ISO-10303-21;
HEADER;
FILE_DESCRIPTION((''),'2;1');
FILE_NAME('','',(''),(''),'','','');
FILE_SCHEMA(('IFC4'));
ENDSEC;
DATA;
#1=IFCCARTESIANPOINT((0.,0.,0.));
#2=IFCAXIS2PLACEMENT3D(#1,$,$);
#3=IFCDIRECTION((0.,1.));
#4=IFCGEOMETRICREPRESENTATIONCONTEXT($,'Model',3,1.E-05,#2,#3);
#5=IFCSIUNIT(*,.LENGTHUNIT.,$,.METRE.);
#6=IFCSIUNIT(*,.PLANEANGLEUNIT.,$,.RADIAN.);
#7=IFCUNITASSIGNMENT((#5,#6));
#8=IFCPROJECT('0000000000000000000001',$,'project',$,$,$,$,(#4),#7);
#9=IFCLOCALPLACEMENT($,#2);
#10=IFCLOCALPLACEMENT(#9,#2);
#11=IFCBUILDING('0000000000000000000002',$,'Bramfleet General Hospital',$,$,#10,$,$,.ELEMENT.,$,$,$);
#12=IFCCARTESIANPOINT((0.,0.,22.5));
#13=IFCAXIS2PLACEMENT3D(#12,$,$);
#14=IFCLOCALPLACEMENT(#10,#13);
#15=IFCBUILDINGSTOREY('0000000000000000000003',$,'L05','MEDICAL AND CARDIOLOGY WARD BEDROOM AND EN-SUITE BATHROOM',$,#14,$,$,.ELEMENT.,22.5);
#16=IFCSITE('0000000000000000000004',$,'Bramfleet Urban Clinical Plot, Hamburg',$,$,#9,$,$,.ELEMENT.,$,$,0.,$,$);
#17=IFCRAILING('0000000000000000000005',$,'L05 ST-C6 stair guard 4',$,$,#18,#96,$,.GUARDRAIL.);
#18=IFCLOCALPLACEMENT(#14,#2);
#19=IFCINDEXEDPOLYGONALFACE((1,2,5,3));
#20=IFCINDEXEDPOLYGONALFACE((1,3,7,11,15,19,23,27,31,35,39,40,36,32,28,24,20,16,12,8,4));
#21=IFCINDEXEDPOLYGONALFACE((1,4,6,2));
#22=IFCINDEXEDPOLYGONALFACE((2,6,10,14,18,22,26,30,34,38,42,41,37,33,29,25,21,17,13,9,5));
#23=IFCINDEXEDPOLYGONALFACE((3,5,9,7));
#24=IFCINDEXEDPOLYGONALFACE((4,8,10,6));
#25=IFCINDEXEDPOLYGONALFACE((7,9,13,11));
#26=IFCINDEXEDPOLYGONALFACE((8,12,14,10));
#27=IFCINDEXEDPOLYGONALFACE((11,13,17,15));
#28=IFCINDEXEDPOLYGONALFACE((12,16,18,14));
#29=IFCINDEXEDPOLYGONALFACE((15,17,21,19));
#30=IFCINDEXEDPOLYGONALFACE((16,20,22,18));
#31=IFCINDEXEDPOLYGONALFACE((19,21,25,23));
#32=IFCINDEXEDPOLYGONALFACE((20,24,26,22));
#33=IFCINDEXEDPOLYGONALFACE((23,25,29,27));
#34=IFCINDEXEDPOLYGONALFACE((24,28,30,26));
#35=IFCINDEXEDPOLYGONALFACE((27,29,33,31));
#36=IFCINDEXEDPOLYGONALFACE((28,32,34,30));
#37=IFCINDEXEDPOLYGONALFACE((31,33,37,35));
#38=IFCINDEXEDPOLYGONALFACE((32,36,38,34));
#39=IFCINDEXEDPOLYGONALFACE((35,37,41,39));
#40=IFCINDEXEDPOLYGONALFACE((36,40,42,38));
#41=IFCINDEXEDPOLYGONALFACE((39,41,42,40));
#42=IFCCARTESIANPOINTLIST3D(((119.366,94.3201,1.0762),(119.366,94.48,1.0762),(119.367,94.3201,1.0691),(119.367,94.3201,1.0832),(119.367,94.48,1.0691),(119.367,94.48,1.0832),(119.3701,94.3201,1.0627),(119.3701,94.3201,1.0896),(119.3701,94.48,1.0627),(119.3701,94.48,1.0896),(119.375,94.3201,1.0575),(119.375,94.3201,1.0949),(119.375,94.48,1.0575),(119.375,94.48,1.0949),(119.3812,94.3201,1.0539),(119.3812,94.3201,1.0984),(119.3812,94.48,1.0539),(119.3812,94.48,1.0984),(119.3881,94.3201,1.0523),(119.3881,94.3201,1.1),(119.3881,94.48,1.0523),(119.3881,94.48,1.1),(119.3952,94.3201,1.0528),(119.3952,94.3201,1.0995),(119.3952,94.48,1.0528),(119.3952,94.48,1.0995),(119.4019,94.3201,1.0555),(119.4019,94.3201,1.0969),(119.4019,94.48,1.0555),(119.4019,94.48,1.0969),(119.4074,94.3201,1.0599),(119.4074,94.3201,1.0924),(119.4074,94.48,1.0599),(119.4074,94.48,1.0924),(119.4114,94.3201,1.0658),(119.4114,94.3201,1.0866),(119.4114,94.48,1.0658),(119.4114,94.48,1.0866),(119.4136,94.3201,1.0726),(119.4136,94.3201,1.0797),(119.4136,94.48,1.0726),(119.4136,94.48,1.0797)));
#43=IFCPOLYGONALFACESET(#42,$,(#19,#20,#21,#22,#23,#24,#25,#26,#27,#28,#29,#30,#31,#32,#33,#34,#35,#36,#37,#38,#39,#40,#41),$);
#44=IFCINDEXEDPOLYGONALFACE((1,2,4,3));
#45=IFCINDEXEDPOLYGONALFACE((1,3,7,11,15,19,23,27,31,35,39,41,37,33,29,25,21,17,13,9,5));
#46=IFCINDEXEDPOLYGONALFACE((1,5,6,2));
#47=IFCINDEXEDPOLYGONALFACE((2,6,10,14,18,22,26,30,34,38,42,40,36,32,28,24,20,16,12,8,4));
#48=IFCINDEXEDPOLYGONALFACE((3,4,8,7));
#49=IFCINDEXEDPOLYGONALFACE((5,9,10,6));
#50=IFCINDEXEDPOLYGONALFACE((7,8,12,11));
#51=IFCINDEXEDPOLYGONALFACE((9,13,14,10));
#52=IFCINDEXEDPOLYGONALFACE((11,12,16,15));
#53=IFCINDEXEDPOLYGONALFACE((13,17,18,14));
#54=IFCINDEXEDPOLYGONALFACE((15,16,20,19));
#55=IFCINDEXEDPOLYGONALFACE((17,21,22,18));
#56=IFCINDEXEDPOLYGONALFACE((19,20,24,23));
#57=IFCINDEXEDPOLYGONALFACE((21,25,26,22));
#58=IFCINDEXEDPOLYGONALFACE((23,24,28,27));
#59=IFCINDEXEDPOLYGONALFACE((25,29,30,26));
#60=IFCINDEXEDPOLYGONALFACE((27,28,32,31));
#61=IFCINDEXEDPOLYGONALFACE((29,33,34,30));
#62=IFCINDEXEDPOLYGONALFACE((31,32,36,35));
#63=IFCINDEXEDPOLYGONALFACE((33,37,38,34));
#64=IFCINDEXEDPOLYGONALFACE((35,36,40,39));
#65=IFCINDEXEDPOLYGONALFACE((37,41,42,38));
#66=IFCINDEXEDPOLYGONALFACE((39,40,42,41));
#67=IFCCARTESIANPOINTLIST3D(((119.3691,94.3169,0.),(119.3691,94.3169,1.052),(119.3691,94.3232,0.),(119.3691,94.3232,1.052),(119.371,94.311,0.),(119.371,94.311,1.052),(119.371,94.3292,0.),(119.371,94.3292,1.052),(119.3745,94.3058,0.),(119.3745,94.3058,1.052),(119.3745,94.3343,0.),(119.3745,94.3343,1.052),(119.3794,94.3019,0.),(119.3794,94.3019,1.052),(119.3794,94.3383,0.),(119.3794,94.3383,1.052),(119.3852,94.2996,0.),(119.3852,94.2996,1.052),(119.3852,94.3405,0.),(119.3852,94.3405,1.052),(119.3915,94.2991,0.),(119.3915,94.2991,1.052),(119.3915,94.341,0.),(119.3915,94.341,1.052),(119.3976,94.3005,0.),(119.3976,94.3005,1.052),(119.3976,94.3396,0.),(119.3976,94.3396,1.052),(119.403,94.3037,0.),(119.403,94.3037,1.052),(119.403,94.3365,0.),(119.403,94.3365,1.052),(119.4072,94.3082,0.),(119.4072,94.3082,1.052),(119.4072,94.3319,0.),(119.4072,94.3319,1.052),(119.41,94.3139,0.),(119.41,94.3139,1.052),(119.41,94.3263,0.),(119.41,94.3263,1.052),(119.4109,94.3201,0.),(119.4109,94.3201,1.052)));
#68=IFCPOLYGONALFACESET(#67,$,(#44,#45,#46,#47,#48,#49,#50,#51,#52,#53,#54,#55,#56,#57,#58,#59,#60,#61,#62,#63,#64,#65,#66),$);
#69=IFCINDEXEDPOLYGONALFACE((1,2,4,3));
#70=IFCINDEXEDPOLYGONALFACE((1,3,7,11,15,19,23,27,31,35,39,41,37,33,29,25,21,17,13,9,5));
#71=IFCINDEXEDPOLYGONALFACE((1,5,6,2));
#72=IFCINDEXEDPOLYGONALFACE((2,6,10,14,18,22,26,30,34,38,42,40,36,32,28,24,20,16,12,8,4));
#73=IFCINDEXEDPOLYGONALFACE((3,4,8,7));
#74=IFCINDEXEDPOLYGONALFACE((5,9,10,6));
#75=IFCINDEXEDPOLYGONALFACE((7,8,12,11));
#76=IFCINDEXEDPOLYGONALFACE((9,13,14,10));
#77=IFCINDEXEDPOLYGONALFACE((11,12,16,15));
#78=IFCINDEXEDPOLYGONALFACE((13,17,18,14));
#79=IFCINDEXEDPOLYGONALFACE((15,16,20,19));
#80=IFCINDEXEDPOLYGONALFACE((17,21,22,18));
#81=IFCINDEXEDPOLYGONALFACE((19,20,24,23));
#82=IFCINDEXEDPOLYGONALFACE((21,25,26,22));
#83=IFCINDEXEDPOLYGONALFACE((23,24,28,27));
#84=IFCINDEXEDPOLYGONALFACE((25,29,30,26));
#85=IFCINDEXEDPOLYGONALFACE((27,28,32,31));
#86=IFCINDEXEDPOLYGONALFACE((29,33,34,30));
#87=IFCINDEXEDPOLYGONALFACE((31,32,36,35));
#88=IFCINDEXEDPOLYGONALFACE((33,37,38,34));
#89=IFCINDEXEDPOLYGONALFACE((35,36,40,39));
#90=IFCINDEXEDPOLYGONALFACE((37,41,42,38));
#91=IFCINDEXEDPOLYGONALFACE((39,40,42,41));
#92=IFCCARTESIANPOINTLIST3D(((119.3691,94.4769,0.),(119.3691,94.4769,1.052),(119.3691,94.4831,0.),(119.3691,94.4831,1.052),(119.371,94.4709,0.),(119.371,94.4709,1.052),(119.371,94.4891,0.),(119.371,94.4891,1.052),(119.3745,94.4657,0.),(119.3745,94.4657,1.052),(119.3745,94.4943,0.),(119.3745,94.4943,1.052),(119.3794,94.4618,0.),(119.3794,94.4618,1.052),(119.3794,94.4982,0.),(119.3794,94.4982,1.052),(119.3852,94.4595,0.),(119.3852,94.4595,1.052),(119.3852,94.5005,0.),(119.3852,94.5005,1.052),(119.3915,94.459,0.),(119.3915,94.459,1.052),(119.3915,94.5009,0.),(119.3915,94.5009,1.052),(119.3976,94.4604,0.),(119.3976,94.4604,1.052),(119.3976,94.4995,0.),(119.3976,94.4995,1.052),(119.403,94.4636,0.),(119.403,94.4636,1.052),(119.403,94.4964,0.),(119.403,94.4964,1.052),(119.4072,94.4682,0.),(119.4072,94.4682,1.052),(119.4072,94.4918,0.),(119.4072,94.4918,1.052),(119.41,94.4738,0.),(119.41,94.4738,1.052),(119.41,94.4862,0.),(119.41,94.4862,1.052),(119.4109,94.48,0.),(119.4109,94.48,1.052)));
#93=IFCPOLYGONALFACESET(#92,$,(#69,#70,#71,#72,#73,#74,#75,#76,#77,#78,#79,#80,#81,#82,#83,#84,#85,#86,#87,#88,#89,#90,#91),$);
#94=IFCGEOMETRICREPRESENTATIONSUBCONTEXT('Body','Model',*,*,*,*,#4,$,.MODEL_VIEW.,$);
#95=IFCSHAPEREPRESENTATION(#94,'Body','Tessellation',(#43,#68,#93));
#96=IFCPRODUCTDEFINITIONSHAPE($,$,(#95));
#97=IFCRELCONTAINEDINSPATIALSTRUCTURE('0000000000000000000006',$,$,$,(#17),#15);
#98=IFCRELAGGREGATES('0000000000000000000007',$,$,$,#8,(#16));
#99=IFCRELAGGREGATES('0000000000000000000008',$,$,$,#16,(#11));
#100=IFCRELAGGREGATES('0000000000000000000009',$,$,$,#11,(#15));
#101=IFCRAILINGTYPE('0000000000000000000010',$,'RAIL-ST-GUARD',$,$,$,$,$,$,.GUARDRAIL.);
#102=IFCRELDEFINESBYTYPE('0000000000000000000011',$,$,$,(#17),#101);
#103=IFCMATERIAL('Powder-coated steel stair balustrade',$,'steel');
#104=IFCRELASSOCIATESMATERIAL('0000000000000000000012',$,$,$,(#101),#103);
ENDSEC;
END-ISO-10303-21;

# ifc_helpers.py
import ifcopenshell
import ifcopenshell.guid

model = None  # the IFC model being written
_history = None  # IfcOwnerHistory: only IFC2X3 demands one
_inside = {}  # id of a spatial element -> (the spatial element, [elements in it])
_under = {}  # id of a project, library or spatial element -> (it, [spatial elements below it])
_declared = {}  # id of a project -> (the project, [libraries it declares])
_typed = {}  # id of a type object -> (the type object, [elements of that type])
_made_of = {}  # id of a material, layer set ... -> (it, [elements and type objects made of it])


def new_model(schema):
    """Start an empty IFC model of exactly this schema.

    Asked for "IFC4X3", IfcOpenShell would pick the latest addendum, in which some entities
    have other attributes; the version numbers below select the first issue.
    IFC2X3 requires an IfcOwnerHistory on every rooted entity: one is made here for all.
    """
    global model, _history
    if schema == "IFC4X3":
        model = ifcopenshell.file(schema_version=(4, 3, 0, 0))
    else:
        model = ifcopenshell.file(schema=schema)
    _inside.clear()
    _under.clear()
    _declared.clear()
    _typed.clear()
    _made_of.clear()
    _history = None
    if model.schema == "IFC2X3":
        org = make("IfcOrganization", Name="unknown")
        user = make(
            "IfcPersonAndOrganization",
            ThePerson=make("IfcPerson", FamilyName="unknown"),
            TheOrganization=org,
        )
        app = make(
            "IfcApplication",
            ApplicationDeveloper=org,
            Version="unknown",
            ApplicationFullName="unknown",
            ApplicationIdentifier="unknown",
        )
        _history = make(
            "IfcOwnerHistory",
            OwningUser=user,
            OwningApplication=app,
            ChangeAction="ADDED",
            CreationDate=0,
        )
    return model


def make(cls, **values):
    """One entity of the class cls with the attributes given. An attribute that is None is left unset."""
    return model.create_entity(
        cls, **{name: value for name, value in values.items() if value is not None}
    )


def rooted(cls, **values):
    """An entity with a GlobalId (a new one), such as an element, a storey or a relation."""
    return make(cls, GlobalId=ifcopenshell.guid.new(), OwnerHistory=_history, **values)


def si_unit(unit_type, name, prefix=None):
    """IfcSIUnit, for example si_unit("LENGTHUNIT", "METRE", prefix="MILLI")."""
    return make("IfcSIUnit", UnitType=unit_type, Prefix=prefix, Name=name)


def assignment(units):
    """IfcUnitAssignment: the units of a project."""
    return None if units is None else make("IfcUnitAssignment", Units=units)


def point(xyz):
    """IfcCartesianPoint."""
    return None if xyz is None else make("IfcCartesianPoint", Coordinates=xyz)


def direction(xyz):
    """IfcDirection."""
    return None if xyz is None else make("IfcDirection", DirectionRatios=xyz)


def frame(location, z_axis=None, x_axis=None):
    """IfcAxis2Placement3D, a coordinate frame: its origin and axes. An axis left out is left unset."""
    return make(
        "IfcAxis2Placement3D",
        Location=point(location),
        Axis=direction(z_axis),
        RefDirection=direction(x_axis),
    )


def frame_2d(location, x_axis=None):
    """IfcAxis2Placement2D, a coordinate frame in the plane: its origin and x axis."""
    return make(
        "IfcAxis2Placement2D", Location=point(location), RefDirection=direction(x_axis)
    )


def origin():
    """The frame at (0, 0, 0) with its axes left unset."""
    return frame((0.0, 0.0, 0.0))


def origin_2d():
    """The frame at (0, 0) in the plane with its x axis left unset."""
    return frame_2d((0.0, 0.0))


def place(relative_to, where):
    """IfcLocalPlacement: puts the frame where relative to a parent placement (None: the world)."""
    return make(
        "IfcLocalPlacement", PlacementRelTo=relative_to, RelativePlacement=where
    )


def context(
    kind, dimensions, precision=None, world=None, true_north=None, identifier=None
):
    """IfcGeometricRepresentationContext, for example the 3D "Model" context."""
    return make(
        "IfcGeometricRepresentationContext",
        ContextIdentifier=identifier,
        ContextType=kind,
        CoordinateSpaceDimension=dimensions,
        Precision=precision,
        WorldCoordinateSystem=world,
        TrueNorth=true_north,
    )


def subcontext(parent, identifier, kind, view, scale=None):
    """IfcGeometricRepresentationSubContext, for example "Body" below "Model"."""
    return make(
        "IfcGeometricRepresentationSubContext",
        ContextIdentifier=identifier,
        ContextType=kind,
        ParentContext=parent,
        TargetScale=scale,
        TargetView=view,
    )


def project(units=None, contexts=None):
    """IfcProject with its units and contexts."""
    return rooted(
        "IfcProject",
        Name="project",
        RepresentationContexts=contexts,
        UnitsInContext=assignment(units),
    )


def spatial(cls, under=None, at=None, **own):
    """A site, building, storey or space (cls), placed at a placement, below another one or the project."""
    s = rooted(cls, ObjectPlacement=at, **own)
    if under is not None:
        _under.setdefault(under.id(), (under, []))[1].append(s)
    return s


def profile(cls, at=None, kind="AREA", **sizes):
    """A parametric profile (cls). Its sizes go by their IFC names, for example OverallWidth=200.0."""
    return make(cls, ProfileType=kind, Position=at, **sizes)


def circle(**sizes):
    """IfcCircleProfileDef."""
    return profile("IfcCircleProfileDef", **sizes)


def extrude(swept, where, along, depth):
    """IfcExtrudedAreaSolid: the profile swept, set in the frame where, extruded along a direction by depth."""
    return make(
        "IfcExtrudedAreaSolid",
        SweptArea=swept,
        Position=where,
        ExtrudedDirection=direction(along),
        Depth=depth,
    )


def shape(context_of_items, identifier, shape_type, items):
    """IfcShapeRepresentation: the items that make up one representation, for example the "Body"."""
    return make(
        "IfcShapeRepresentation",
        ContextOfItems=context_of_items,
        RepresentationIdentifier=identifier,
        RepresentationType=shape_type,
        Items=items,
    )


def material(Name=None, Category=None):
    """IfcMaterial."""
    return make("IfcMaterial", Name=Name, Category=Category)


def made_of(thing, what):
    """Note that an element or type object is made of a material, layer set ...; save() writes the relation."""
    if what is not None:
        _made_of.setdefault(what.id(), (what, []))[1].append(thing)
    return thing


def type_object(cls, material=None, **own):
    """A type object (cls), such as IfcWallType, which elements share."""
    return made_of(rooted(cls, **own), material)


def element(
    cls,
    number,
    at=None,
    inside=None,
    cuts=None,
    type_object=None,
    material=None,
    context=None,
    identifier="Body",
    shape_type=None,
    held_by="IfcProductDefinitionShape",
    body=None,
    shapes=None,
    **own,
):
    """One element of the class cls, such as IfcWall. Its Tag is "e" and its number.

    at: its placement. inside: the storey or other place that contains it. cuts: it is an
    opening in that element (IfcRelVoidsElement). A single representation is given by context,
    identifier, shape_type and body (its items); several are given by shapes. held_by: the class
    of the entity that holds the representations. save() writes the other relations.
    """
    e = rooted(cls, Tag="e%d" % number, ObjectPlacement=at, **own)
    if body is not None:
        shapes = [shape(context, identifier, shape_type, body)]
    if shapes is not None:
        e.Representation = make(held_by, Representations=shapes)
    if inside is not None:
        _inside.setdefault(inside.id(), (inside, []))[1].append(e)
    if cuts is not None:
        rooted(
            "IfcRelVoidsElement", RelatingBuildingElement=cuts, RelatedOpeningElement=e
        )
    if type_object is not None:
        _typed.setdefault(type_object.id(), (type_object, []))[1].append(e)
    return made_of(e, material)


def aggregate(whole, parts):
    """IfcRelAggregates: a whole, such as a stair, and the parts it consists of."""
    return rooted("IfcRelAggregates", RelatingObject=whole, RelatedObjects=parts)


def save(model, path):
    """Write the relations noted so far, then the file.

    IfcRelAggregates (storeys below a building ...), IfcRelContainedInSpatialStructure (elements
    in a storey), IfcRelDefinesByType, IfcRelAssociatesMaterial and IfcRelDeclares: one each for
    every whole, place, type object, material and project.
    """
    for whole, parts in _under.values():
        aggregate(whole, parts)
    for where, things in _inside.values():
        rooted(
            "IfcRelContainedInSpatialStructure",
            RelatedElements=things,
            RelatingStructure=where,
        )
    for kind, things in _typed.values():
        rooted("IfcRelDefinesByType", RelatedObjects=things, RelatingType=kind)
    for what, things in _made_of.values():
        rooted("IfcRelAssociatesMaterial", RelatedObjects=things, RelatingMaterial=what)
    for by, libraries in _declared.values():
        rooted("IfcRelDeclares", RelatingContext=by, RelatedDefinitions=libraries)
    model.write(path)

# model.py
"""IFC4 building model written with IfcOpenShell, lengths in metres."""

from ifc_helpers import new_model, si_unit, direction, frame, origin, origin_2d, place, context, subcontext, project, spatial, circle, extrude, material, type_object, element, save


model = new_model("IFC4")

# Units and contexts
model_context = context("Model", 3, precision=1e-05, world=origin(), true_north=direction((0.0, 1.0)))
body_context = subcontext(model_context, "Body", "Model", "MODEL_VIEW")
ifc_project = project(units=[si_unit("LENGTHUNIT", "METRE"), si_unit("PLANEANGLEUNIT", "RADIAN")], contexts=[model_context])

# Site, building, storey
site_placement = place(None, origin())
site = spatial("IfcSite", under=ifc_project, at=site_placement, Name="Bramfleet Urban Clinical Plot, Hamburg", CompositionType="ELEMENT", RefElevation=0.0)
building_placement = place(site_placement, origin())
building = spatial("IfcBuilding", under=site, at=building_placement, Name="Bramfleet General Hospital", CompositionType="ELEMENT")
storey_placement = place(building_placement, frame((0.0, 0.0, 22.5)))
storey = spatial("IfcBuildingStorey", under=building, at=storey_placement, Name="L05", Description="MEDICAL AND CARDIOLOGY WARD BEDROOM AND EN-SUITE BATHROOM", CompositionType="ELEMENT", Elevation=22.5)

# Railing
ifc_material_1 = material(Name="Powder-coated steel stair balustrade", Category="steel")
railing_type_1 = type_object("IfcRailingType", Name="RAIL-ST-GUARD", PredefinedType="GUARDRAIL", material=ifc_material_1)
railing_1_placement = place(storey_placement, frame((119.3899, 94.3201, 0.0)))
element("IfcRailing", 1, at=railing_1_placement, inside=storey, type_object=railing_type_1, Name="L05 ST-C6 stair guard 4", PredefinedType="GUARDRAIL", context=body_context, shape_type="SweptSolid", body=[
    extrude(circle(Radius=0.0239, at=origin_2d()), frame((0.0, 0.0, 1.0762), z_axis=(0.0, 1.0, 0.0), x_axis=(-1.0, 0.0, 0.0)), (0.0, 0.0, 1.0), 0.1599),
    extrude(circle(Radius=0.021, at=origin_2d()), origin(), (0.0, 0.0, 1.0), 1.052),
    extrude(circle(Radius=0.021, at=origin_2d()), frame((0.0, 0.1599, 0.0)), (0.0, 0.0, 1.0), 1.052),
])

save(model, "model.ifc")
